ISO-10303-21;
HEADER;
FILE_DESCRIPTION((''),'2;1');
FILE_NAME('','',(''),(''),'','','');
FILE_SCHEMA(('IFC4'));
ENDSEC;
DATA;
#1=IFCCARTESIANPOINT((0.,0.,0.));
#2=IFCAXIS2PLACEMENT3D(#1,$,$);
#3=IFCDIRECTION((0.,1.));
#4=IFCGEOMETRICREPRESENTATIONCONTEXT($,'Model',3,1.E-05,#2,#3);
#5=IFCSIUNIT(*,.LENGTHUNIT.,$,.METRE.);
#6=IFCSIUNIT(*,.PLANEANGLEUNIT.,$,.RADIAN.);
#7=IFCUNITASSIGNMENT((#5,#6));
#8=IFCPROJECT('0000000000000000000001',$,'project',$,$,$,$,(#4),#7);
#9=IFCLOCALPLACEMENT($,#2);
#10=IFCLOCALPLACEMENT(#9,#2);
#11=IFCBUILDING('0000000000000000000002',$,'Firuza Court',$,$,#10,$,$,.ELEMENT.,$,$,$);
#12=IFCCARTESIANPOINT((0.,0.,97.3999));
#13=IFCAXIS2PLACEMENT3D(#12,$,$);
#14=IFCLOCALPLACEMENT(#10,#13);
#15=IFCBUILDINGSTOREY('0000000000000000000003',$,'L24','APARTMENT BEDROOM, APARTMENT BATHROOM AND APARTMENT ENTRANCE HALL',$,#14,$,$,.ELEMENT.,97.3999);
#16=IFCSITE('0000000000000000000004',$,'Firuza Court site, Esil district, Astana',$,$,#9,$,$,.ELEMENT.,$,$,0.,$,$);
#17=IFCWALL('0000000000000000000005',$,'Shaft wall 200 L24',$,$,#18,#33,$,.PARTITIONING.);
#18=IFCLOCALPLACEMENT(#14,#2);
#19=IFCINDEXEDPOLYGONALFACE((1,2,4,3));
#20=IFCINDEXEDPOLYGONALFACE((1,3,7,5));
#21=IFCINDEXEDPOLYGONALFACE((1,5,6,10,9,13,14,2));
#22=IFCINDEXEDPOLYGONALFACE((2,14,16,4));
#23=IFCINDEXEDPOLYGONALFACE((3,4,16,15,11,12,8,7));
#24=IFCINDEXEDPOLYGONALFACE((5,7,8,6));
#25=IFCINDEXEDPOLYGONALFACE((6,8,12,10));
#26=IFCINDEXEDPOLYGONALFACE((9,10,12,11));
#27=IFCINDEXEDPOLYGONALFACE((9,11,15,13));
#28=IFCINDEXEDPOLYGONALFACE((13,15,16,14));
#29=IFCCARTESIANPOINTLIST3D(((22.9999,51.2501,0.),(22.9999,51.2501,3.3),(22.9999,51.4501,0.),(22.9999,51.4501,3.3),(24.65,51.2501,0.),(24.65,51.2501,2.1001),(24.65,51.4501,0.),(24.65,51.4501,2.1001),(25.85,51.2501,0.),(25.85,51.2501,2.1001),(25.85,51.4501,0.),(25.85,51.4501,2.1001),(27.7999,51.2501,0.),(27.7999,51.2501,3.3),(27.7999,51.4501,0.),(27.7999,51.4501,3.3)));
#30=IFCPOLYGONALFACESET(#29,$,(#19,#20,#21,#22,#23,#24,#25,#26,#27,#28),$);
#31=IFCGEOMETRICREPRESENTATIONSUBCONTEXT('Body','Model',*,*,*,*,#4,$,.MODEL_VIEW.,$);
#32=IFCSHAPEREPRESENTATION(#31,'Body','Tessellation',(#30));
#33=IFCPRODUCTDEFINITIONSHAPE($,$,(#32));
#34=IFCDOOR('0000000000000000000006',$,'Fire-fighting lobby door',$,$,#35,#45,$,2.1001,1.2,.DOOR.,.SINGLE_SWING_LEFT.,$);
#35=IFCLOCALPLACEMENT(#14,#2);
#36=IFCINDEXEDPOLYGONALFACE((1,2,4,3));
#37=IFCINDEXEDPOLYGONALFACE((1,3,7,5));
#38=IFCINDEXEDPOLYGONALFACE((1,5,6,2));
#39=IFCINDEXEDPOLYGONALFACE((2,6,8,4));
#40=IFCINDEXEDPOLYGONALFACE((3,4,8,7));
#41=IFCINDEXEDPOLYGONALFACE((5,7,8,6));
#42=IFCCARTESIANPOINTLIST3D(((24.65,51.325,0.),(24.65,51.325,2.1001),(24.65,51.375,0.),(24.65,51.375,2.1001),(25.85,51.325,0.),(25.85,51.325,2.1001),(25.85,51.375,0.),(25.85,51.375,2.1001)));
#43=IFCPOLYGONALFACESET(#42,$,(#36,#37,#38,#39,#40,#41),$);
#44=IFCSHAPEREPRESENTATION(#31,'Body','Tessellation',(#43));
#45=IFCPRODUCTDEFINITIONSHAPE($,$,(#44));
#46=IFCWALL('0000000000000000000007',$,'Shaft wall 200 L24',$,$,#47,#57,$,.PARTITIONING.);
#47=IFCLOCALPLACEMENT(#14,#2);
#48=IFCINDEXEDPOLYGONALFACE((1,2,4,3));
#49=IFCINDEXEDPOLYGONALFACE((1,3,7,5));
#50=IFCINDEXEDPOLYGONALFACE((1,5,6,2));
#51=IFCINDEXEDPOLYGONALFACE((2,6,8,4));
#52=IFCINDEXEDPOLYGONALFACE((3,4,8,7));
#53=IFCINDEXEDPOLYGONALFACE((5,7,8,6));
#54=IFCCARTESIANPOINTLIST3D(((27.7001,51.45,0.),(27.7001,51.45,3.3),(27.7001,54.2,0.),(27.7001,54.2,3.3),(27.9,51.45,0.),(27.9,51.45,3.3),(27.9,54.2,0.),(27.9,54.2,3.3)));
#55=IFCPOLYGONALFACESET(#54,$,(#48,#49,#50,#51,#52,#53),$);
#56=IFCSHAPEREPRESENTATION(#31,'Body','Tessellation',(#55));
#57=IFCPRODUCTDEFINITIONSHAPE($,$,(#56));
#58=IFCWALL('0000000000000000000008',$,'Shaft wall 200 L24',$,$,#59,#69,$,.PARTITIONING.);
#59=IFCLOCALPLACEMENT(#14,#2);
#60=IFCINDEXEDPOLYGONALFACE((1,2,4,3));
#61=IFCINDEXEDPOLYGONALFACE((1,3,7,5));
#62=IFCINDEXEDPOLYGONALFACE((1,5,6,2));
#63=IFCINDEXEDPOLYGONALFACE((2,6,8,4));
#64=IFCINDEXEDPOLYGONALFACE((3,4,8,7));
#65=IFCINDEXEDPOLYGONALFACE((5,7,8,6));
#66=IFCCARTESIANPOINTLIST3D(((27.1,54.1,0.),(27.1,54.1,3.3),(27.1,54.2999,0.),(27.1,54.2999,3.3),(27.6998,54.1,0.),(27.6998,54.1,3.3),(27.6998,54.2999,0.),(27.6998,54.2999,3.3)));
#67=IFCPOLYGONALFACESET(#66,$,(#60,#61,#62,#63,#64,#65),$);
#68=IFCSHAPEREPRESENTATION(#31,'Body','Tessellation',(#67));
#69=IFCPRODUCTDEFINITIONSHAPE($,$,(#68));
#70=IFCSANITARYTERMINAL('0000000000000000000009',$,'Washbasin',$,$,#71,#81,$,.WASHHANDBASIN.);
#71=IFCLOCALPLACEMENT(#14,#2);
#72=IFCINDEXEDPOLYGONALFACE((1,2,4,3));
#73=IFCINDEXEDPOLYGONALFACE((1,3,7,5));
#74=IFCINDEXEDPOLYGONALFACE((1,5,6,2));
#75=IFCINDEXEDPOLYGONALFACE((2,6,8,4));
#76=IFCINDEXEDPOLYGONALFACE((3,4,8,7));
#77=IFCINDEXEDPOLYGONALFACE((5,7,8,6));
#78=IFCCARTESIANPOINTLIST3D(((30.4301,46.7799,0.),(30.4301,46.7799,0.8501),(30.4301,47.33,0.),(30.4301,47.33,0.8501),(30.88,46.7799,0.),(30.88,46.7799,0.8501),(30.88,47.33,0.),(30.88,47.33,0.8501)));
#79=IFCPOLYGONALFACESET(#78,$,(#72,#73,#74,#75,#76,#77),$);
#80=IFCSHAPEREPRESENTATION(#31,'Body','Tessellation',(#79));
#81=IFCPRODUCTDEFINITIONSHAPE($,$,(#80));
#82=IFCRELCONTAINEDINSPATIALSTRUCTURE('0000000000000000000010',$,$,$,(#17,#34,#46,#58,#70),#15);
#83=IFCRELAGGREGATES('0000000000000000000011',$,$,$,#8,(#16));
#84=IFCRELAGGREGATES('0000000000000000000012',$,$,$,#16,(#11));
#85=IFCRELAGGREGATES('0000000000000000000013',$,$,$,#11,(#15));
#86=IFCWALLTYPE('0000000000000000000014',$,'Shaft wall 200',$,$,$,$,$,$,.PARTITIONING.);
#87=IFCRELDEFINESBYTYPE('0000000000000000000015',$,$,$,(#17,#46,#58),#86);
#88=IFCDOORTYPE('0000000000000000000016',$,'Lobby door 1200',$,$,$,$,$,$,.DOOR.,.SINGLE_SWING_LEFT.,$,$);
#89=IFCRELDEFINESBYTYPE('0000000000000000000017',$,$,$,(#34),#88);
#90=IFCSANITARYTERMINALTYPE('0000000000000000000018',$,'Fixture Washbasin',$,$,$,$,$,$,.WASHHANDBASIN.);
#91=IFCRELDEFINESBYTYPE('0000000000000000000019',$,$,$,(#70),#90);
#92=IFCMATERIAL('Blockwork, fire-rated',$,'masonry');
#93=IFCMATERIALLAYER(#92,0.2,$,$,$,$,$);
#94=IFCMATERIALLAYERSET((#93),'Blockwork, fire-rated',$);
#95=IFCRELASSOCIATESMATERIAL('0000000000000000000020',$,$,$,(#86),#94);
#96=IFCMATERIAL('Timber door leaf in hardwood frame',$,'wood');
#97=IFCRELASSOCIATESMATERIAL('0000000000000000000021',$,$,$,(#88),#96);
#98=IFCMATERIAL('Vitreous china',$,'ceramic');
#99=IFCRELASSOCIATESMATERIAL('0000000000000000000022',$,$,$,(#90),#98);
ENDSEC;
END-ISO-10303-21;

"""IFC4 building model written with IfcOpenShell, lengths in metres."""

from ifc_helpers import new_model, si_unit, direction, frame, frame_2d, origin, origin_2d, place, context, subcontext, project, spatial, rectangle, extrude, material, layer, layer_set, type_object, element, fill, save


model = new_model("IFC4")

# Units and contexts
model_context = context("Model", 3, precision=1e-05, world=origin(), true_north=direction((0.0, 1.0)))
body_context = subcontext(model_context, "Body", "Model", "MODEL_VIEW")
ifc_project = project(units=[si_unit("LENGTHUNIT", "METRE"), si_unit("PLANEANGLEUNIT", "RADIAN")], contexts=[model_context])

# Site, building, storey
site_placement = place(None, origin())
site = spatial("IfcSite", under=ifc_project, at=site_placement, Name="Firuza Court site, Esil district, Astana", CompositionType="ELEMENT", RefElevation=0.0)
building_placement = place(site_placement, origin())
building = spatial("IfcBuilding", under=site, at=building_placement, Name="Firuza Court", CompositionType="ELEMENT")
storey_placement = place(building_placement, frame((0.0, 0.0, 97.3999)))
storey = spatial("IfcBuildingStorey", under=building, at=storey_placement, Name="L24", Description="APARTMENT BEDROOM, APARTMENT BATHROOM AND APARTMENT ENTRANCE HALL", CompositionType="ELEMENT", Elevation=97.3999)

# Shared definitions
ifc_material_1 = material(Name="Blockwork, fire-rated", Category="masonry")

# Shared definitions
ifc_layer_1 = layer(ifc_material_1, 0.2)
ifc_layer_set_1 = layer_set([ifc_layer_1], Name="Blockwork, fire-rated")
wall_type_1 = type_object("IfcWallType", Name="Shaft wall 200", PredefinedType="PARTITIONING", material=ifc_layer_set_1)

# Wall, opening, door
wall_1_placement = place(storey_placement, frame((23.0, 51.3501, 0.0), z_axis=(0.0, 0.0, 1.0), x_axis=(1.0, 0.0, 0.0)))
wall_1 = element("IfcWall", 1, at=wall_1_placement, inside=storey, type_object=wall_type_1, Name="Shaft wall 200 L24", PredefinedType="PARTITIONING", context=body_context, shape_type="SweptSolid", body=[
    extrude(rectangle(XDim=4.8, YDim=0.2, at=frame_2d((2.3999, 0.0))), origin(), (0.0, 0.0, 1.0), 3.3),
])
opening_1_placement = place(wall_1_placement, frame((1.6499, 0.0, 0.0)))
opening_1 = element("IfcOpeningElement", 2, at=opening_1_placement, cuts=wall_1, PredefinedType="OPENING", context=body_context, shape_type="SweptSolid", body=[
    extrude(rectangle(XDim=1.2, YDim=2.1001, at=frame_2d((0.6001, 1.05))), frame((0.0, 0.1118, 0.0), z_axis=(0.0, -1.0, 0.0), x_axis=(1.0, 0.0, 0.0)), (0.0, 0.0, 1.0), 0.2239),
])
ifc_material_2 = material(Name="Timber door leaf in hardwood frame", Category="wood")
door_type_1 = type_object("IfcDoorType", Name="Lobby door 1200", OperationType="SINGLE_SWING_LEFT", PredefinedType="DOOR", material=ifc_material_2)
door_1_placement = place(opening_1_placement, origin())
door_1 = element("IfcDoor", 3, at=door_1_placement, inside=storey, type_object=door_type_1, Name="Fire-fighting lobby door", OperationType="SINGLE_SWING_LEFT", OverallHeight=2.1001, OverallWidth=1.2, PredefinedType="DOOR", context=body_context, shape_type="SweptSolid", body=[
    extrude(rectangle(XDim=1.2, YDim=2.1001, at=frame_2d((0.6001, 1.05))), frame((0.0, 0.0249, 0.0), z_axis=(0.0, -1.0, 0.0), x_axis=(1.0, 0.0, 0.0)), (0.0, 0.0, 1.0), 0.05),
])
fill(opening_1, door_1)

# Walls
wall_2_placement = place(storey_placement, frame((27.8, 51.45, 0.0), z_axis=(0.0, 0.0, 1.0), x_axis=(0.0, 1.0, 0.0)))
element("IfcWall", 4, at=wall_2_placement, inside=storey, type_object=wall_type_1, Name="Shaft wall 200 L24", PredefinedType="PARTITIONING", context=body_context, shape_type="SweptSolid", body=[
    extrude(rectangle(XDim=2.75, YDim=0.2, at=frame_2d((1.375, 0.0))), origin(), (0.0, 0.0, 1.0), 3.3),
])
wall_3_placement = place(storey_placement, frame((27.1001, 54.2, 0.0), z_axis=(0.0, 0.0, 1.0), x_axis=(1.0, 0.0, 0.0)))
element("IfcWall", 5, at=wall_3_placement, inside=storey, type_object=wall_type_1, Name="Shaft wall 200 L24", PredefinedType="PARTITIONING", context=body_context, shape_type="SweptSolid", body=[
    extrude(rectangle(XDim=0.5999, YDim=0.2, at=frame_2d((0.2998, 0.0))), origin(), (0.0, 0.0, 1.0), 3.3),
])

# Sanitary terminal
ifc_material_3 = material(Name="Vitreous china", Category="ceramic")
sanitary_terminal_type = type_object("IfcSanitaryTerminalType", Name="Fixture Washbasin", PredefinedType="WASHHANDBASIN", material=ifc_material_3)
sanitary_terminal_placement = place(storey_placement, frame((30.655, 47.0549, 0.0), z_axis=(0.0, 0.0, 1.0), x_axis=(1.0, 0.0, 0.0)))
element("IfcSanitaryTerminal", 6, at=sanitary_terminal_placement, inside=storey, type_object=sanitary_terminal_type, Name="Washbasin", PredefinedType="WASHHANDBASIN", context=body_context, shape_type="SweptSolid", body=[
    extrude(rectangle(XDim=0.45, YDim=0.55, at=origin_2d()), origin(), (0.0, 0.0, 1.0), 0.8501),
])

save(model, "model.ifc")
